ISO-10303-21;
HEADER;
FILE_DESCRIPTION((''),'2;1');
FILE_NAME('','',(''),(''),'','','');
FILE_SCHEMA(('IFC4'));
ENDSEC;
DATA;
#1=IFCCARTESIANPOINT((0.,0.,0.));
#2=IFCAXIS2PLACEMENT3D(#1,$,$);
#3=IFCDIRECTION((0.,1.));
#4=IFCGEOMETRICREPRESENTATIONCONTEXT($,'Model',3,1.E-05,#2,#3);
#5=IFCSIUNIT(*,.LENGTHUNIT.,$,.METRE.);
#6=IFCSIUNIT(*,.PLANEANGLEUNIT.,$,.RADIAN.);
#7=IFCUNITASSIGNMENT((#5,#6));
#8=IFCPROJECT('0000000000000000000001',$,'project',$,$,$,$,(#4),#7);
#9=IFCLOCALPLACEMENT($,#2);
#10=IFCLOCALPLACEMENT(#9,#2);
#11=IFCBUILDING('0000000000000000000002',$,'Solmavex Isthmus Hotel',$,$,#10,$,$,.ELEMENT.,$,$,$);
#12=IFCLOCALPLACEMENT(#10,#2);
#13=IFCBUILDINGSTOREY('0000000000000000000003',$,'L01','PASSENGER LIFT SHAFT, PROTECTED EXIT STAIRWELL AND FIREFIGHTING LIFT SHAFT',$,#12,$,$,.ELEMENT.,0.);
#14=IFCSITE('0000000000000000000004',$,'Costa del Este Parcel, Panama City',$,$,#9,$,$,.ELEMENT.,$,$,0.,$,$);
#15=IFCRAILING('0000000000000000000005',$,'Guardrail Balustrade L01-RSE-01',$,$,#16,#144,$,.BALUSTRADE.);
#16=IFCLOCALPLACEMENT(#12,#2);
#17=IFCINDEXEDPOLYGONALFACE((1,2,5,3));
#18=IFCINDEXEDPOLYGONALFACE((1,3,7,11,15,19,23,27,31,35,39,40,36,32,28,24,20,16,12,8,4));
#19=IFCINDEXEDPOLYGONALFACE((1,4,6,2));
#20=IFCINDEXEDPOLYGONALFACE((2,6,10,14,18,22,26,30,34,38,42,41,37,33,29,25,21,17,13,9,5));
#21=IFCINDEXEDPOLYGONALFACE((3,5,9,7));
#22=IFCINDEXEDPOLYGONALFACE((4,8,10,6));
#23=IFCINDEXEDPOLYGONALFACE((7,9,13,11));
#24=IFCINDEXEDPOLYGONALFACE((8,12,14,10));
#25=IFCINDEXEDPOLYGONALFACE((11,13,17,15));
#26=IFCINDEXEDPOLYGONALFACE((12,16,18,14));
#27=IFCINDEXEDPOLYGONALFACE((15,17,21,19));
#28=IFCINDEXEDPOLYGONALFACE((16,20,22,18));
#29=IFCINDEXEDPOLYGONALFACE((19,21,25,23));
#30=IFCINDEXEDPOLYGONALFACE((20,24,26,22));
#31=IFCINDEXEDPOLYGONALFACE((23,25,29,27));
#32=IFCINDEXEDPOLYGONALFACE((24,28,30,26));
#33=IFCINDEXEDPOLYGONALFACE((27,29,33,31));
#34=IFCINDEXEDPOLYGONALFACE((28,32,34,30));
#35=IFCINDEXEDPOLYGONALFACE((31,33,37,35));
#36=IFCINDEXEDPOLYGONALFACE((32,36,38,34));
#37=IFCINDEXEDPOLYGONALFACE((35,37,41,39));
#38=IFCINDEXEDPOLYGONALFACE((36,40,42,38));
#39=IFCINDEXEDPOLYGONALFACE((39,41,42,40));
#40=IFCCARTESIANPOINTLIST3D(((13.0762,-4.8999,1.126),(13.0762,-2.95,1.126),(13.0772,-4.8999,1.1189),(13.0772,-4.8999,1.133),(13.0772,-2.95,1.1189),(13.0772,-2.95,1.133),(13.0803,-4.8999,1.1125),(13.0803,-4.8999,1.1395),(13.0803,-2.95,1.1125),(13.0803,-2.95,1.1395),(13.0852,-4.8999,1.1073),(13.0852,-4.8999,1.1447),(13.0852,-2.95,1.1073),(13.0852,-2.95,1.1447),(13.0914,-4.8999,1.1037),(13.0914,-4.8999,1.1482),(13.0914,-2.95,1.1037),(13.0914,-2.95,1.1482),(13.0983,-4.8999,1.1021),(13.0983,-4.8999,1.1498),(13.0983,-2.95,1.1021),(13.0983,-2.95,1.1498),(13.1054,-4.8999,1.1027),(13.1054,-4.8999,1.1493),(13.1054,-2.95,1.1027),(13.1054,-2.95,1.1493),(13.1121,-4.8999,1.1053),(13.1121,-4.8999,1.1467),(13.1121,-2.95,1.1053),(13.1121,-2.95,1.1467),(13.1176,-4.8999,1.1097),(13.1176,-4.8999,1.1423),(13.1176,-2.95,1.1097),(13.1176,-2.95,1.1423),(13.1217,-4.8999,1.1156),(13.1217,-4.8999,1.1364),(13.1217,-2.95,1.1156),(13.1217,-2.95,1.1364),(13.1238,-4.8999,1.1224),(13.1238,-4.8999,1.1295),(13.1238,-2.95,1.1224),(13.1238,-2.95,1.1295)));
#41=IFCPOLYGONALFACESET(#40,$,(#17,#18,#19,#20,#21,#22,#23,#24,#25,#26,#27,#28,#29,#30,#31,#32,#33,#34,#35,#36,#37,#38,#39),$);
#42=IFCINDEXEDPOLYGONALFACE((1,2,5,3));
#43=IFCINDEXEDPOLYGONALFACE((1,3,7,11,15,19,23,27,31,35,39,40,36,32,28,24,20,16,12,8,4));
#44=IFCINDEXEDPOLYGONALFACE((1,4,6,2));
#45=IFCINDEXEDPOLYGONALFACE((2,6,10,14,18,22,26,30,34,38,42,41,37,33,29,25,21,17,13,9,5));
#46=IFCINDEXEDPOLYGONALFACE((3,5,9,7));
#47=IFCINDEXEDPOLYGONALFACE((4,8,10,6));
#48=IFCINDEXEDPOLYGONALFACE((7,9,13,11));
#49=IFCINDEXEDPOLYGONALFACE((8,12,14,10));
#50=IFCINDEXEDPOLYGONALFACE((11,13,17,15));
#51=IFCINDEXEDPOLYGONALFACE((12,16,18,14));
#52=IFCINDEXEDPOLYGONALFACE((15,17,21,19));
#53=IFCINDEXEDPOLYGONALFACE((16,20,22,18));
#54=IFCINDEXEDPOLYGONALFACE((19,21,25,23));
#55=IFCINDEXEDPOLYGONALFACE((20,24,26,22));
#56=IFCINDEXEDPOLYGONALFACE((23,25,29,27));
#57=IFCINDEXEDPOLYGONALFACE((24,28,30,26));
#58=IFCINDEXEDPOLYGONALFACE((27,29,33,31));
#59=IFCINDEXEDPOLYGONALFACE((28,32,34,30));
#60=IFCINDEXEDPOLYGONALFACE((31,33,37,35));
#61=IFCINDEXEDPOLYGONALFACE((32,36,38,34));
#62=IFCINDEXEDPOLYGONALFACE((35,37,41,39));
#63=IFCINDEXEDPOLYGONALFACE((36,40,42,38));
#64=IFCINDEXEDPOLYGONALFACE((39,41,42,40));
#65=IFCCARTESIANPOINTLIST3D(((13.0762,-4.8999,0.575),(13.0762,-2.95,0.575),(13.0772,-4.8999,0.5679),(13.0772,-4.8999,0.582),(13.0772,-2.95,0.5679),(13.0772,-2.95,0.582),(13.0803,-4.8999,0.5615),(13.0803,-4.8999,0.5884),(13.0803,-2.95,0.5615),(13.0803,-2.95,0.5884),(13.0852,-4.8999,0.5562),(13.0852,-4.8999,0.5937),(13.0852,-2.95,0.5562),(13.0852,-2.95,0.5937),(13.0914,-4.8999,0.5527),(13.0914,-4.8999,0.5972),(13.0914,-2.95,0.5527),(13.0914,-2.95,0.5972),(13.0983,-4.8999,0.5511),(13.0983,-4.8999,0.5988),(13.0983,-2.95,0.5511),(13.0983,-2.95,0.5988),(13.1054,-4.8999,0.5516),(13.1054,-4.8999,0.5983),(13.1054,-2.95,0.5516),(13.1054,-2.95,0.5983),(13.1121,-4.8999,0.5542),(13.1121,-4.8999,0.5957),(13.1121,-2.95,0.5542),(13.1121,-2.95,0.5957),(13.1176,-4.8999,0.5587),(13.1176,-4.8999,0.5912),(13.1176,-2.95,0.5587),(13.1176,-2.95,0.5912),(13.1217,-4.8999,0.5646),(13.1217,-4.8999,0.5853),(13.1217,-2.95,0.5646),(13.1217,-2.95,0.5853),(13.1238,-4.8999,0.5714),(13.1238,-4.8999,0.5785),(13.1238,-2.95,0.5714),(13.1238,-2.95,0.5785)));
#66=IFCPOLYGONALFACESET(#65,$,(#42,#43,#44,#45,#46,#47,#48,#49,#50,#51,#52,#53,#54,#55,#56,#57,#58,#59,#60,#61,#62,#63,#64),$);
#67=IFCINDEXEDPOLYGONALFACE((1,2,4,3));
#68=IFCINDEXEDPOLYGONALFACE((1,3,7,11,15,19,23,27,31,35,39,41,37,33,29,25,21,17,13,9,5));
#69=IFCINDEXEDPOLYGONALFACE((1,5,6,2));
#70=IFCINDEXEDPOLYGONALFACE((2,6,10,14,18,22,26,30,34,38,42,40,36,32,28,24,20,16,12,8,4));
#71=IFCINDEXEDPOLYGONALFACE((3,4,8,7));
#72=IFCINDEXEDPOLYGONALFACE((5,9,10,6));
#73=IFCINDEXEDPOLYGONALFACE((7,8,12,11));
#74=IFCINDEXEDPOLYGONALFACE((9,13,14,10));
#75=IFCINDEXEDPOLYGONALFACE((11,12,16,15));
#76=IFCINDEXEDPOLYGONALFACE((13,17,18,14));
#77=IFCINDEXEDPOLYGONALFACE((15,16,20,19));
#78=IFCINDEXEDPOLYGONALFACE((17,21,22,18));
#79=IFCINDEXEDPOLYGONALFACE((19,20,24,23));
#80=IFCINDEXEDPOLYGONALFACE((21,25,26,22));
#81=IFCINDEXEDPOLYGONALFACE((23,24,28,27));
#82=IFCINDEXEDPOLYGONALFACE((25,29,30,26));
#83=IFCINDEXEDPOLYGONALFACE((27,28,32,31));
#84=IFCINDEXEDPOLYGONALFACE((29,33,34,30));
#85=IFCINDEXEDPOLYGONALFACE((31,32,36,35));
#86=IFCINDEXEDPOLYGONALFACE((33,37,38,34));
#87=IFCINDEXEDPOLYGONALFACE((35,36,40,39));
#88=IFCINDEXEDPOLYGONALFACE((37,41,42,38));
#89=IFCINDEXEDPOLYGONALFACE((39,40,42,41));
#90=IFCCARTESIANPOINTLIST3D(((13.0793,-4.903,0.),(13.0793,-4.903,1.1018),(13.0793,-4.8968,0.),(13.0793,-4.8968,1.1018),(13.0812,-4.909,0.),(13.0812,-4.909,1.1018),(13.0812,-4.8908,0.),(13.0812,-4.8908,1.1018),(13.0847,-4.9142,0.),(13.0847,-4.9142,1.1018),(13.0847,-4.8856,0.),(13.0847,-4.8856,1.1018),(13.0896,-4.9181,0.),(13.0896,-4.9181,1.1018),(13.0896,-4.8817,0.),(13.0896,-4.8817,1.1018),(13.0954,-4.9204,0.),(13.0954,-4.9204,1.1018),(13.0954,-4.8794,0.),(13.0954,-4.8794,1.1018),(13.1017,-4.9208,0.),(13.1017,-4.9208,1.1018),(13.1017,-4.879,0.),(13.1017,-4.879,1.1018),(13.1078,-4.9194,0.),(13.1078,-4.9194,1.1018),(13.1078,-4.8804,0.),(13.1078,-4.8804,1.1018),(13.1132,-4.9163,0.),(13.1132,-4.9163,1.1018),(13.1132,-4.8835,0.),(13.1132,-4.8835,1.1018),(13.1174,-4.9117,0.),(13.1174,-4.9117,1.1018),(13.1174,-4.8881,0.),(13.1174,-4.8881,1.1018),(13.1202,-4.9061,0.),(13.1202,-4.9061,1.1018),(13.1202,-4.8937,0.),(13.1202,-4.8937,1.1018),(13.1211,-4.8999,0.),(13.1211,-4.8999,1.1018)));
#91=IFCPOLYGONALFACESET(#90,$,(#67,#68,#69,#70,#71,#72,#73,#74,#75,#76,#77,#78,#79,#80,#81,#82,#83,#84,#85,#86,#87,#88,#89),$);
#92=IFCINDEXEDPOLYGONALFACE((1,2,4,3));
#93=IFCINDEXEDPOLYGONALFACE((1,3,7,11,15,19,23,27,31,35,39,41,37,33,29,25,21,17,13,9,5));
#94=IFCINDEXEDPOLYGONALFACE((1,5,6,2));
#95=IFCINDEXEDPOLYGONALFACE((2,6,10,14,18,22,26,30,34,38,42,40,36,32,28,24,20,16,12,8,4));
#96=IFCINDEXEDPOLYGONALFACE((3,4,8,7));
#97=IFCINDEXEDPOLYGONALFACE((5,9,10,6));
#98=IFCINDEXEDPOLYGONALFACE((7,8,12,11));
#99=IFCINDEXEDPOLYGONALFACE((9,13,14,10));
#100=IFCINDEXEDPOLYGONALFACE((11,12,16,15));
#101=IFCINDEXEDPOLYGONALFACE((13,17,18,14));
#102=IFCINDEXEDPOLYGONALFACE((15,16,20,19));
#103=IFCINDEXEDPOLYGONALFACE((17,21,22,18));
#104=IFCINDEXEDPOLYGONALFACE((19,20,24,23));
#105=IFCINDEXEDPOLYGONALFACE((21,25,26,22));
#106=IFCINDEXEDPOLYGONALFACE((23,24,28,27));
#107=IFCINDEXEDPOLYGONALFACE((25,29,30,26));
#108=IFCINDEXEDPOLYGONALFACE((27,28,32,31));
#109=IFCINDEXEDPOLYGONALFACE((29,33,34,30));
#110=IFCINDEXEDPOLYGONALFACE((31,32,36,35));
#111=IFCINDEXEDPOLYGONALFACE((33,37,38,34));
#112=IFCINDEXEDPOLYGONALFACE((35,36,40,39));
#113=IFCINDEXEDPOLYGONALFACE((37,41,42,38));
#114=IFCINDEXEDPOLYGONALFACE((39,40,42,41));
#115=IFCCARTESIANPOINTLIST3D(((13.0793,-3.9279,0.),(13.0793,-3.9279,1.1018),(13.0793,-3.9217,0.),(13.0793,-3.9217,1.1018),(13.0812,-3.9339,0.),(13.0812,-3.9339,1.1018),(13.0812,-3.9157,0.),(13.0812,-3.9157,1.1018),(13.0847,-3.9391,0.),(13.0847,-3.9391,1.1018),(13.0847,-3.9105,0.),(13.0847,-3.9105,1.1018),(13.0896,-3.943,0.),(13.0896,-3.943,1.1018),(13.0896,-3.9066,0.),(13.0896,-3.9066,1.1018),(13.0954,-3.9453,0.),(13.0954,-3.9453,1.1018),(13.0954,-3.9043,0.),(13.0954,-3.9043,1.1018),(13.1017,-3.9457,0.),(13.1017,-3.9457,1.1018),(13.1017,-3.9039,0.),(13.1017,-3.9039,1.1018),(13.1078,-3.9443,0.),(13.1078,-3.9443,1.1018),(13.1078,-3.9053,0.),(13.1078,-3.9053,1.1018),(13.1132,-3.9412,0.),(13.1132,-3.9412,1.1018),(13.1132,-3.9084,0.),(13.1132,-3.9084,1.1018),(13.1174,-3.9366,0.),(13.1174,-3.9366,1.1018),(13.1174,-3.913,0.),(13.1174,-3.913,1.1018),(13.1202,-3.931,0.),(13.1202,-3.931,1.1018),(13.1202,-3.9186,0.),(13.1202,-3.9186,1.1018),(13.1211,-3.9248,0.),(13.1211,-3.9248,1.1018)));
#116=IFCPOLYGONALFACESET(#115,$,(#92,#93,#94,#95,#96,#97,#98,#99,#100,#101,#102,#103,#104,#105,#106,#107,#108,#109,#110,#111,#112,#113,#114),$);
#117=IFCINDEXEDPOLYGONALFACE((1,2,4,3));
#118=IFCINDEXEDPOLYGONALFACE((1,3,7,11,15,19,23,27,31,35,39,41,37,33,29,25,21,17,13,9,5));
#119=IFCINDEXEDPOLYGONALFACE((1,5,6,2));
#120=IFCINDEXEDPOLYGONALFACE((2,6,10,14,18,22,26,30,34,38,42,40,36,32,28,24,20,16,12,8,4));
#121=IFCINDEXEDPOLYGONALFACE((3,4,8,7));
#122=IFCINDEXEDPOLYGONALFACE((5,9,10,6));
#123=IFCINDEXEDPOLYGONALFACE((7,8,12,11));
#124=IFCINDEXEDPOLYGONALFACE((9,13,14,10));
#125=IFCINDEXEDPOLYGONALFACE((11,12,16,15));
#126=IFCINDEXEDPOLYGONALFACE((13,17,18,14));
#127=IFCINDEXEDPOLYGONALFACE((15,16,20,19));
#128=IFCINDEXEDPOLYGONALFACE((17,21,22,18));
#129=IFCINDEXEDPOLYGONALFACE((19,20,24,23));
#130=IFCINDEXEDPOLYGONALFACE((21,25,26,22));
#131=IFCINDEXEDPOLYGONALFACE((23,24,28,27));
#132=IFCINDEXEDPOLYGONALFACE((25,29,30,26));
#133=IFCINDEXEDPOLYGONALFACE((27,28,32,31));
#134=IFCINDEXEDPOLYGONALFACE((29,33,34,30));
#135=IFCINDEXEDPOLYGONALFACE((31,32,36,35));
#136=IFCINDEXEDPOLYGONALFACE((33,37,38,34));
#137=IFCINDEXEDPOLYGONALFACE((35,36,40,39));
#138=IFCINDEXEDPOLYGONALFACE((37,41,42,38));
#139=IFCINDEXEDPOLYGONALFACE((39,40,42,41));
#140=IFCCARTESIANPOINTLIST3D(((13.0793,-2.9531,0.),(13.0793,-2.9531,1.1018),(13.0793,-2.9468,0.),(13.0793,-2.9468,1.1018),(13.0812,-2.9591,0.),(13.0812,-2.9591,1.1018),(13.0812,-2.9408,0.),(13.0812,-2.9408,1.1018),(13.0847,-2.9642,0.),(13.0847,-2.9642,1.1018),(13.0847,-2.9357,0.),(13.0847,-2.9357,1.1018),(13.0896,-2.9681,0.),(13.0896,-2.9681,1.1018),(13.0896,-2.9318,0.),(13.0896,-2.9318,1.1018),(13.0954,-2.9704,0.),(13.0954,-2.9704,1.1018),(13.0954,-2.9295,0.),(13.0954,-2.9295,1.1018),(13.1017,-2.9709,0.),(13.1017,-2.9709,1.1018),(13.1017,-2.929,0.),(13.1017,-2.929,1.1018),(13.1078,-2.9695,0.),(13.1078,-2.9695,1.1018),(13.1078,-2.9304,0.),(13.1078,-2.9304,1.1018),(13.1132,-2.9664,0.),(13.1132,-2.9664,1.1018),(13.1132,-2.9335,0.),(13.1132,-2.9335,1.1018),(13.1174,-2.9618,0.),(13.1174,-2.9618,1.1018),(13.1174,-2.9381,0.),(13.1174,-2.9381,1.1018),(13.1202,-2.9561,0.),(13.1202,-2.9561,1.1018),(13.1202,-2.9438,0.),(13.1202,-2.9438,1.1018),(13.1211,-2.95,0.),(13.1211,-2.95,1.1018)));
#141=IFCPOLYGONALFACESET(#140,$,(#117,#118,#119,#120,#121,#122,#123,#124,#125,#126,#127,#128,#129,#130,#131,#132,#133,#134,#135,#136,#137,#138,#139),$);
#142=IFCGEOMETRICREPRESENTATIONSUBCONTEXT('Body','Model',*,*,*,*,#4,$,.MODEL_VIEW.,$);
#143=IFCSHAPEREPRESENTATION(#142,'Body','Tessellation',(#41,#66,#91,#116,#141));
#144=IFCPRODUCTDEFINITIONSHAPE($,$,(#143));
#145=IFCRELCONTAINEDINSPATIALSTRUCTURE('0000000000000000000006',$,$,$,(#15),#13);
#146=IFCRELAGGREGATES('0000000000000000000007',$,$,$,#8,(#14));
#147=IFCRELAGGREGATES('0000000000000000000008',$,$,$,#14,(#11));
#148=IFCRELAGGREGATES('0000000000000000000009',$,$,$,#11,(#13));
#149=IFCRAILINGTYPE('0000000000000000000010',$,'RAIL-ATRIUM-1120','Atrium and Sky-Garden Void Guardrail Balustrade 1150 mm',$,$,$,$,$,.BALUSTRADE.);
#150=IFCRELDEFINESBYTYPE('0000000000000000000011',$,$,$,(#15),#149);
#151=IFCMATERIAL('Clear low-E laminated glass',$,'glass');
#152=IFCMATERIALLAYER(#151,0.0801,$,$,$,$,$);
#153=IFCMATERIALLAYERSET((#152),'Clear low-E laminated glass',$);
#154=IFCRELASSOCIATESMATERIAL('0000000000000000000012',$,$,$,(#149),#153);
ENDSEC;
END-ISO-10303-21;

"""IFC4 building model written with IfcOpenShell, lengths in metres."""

from ifc_helpers import new_model, si_unit, direction, frame, origin, origin_2d, place, context, subcontext, project, spatial, circle, extrude, material, layer, layer_set, type_object, element, save


model = new_model("IFC4")

# Units and contexts
model_context = context("Model", 3, precision=1e-05, world=origin(), true_north=direction((0.0, 1.0)))
body_context = subcontext(model_context, "Body", "Model", "MODEL_VIEW")
ifc_project = project(units=[si_unit("LENGTHUNIT", "METRE"), si_unit("PLANEANGLEUNIT", "RADIAN")], contexts=[model_context])

# Site, building, storey
site_placement = place(None, origin())
site = spatial("IfcSite", under=ifc_project, at=site_placement, Name="Costa del Este Parcel, Panama City", CompositionType="ELEMENT", RefElevation=0.0)
building_placement = place(site_placement, origin())
building = spatial("IfcBuilding", under=site, at=building_placement, Name="Solmavex Isthmus Hotel", CompositionType="ELEMENT")
storey_placement = place(building_placement, origin())
storey = spatial("IfcBuildingStorey", under=building, at=storey_placement, Name="L01", Description="PASSENGER LIFT SHAFT, PROTECTED EXIT STAIRWELL AND FIREFIGHTING LIFT SHAFT", CompositionType="ELEMENT", Elevation=0.0)

# Railing
ifc_material_1 = material(Name="Clear low-E laminated glass", Category="glass")
ifc_layer_1 = layer(ifc_material_1, 0.0801)
ifc_layer_set_1 = layer_set([ifc_layer_1], Name="Clear low-E laminated glass")
railing_type_1 = type_object("IfcRailingType", Name="RAIL-ATRIUM-1120", Description="Atrium and Sky-Garden Void Guardrail Balustrade 1150 mm", PredefinedType="BALUSTRADE", material=ifc_layer_set_1)
railing_1_placement = place(storey_placement, frame((13.1001, -4.8999, 0.0)))
element("IfcRailing", 1, at=railing_1_placement, inside=storey, type_object=railing_type_1, Name="Guardrail Balustrade L01-RSE-01", PredefinedType="BALUSTRADE", context=body_context, shape_type="SweptSolid", body=[
    extrude(circle(Radius=0.0239, at=origin_2d()), frame((0.0, 0.0, 1.126), z_axis=(0.0, 1.0, 0.0), x_axis=(-1.0, 0.0, 0.0)), (0.0, 0.0, 1.0), 1.95),
    extrude(circle(Radius=0.0239, at=origin_2d()), frame((0.0, 0.0, 0.575), z_axis=(0.0, 1.0, 0.0), x_axis=(-1.0, 0.0, 0.0)), (0.0, 0.0, 1.0), 1.95),
    extrude(circle(Radius=0.021, at=origin_2d()), origin(), (0.0, 0.0, 1.0), 1.1018),
    extrude(circle(Radius=0.021, at=origin_2d()), frame((0.0, 0.9751, 0.0)), (0.0, 0.0, 1.0), 1.1018),
    extrude(circle(Radius=0.021, at=origin_2d()), frame((0.0, 1.95, 0.0)), (0.0, 0.0, 1.0), 1.1018),
])

save(model, "model.ifc")
